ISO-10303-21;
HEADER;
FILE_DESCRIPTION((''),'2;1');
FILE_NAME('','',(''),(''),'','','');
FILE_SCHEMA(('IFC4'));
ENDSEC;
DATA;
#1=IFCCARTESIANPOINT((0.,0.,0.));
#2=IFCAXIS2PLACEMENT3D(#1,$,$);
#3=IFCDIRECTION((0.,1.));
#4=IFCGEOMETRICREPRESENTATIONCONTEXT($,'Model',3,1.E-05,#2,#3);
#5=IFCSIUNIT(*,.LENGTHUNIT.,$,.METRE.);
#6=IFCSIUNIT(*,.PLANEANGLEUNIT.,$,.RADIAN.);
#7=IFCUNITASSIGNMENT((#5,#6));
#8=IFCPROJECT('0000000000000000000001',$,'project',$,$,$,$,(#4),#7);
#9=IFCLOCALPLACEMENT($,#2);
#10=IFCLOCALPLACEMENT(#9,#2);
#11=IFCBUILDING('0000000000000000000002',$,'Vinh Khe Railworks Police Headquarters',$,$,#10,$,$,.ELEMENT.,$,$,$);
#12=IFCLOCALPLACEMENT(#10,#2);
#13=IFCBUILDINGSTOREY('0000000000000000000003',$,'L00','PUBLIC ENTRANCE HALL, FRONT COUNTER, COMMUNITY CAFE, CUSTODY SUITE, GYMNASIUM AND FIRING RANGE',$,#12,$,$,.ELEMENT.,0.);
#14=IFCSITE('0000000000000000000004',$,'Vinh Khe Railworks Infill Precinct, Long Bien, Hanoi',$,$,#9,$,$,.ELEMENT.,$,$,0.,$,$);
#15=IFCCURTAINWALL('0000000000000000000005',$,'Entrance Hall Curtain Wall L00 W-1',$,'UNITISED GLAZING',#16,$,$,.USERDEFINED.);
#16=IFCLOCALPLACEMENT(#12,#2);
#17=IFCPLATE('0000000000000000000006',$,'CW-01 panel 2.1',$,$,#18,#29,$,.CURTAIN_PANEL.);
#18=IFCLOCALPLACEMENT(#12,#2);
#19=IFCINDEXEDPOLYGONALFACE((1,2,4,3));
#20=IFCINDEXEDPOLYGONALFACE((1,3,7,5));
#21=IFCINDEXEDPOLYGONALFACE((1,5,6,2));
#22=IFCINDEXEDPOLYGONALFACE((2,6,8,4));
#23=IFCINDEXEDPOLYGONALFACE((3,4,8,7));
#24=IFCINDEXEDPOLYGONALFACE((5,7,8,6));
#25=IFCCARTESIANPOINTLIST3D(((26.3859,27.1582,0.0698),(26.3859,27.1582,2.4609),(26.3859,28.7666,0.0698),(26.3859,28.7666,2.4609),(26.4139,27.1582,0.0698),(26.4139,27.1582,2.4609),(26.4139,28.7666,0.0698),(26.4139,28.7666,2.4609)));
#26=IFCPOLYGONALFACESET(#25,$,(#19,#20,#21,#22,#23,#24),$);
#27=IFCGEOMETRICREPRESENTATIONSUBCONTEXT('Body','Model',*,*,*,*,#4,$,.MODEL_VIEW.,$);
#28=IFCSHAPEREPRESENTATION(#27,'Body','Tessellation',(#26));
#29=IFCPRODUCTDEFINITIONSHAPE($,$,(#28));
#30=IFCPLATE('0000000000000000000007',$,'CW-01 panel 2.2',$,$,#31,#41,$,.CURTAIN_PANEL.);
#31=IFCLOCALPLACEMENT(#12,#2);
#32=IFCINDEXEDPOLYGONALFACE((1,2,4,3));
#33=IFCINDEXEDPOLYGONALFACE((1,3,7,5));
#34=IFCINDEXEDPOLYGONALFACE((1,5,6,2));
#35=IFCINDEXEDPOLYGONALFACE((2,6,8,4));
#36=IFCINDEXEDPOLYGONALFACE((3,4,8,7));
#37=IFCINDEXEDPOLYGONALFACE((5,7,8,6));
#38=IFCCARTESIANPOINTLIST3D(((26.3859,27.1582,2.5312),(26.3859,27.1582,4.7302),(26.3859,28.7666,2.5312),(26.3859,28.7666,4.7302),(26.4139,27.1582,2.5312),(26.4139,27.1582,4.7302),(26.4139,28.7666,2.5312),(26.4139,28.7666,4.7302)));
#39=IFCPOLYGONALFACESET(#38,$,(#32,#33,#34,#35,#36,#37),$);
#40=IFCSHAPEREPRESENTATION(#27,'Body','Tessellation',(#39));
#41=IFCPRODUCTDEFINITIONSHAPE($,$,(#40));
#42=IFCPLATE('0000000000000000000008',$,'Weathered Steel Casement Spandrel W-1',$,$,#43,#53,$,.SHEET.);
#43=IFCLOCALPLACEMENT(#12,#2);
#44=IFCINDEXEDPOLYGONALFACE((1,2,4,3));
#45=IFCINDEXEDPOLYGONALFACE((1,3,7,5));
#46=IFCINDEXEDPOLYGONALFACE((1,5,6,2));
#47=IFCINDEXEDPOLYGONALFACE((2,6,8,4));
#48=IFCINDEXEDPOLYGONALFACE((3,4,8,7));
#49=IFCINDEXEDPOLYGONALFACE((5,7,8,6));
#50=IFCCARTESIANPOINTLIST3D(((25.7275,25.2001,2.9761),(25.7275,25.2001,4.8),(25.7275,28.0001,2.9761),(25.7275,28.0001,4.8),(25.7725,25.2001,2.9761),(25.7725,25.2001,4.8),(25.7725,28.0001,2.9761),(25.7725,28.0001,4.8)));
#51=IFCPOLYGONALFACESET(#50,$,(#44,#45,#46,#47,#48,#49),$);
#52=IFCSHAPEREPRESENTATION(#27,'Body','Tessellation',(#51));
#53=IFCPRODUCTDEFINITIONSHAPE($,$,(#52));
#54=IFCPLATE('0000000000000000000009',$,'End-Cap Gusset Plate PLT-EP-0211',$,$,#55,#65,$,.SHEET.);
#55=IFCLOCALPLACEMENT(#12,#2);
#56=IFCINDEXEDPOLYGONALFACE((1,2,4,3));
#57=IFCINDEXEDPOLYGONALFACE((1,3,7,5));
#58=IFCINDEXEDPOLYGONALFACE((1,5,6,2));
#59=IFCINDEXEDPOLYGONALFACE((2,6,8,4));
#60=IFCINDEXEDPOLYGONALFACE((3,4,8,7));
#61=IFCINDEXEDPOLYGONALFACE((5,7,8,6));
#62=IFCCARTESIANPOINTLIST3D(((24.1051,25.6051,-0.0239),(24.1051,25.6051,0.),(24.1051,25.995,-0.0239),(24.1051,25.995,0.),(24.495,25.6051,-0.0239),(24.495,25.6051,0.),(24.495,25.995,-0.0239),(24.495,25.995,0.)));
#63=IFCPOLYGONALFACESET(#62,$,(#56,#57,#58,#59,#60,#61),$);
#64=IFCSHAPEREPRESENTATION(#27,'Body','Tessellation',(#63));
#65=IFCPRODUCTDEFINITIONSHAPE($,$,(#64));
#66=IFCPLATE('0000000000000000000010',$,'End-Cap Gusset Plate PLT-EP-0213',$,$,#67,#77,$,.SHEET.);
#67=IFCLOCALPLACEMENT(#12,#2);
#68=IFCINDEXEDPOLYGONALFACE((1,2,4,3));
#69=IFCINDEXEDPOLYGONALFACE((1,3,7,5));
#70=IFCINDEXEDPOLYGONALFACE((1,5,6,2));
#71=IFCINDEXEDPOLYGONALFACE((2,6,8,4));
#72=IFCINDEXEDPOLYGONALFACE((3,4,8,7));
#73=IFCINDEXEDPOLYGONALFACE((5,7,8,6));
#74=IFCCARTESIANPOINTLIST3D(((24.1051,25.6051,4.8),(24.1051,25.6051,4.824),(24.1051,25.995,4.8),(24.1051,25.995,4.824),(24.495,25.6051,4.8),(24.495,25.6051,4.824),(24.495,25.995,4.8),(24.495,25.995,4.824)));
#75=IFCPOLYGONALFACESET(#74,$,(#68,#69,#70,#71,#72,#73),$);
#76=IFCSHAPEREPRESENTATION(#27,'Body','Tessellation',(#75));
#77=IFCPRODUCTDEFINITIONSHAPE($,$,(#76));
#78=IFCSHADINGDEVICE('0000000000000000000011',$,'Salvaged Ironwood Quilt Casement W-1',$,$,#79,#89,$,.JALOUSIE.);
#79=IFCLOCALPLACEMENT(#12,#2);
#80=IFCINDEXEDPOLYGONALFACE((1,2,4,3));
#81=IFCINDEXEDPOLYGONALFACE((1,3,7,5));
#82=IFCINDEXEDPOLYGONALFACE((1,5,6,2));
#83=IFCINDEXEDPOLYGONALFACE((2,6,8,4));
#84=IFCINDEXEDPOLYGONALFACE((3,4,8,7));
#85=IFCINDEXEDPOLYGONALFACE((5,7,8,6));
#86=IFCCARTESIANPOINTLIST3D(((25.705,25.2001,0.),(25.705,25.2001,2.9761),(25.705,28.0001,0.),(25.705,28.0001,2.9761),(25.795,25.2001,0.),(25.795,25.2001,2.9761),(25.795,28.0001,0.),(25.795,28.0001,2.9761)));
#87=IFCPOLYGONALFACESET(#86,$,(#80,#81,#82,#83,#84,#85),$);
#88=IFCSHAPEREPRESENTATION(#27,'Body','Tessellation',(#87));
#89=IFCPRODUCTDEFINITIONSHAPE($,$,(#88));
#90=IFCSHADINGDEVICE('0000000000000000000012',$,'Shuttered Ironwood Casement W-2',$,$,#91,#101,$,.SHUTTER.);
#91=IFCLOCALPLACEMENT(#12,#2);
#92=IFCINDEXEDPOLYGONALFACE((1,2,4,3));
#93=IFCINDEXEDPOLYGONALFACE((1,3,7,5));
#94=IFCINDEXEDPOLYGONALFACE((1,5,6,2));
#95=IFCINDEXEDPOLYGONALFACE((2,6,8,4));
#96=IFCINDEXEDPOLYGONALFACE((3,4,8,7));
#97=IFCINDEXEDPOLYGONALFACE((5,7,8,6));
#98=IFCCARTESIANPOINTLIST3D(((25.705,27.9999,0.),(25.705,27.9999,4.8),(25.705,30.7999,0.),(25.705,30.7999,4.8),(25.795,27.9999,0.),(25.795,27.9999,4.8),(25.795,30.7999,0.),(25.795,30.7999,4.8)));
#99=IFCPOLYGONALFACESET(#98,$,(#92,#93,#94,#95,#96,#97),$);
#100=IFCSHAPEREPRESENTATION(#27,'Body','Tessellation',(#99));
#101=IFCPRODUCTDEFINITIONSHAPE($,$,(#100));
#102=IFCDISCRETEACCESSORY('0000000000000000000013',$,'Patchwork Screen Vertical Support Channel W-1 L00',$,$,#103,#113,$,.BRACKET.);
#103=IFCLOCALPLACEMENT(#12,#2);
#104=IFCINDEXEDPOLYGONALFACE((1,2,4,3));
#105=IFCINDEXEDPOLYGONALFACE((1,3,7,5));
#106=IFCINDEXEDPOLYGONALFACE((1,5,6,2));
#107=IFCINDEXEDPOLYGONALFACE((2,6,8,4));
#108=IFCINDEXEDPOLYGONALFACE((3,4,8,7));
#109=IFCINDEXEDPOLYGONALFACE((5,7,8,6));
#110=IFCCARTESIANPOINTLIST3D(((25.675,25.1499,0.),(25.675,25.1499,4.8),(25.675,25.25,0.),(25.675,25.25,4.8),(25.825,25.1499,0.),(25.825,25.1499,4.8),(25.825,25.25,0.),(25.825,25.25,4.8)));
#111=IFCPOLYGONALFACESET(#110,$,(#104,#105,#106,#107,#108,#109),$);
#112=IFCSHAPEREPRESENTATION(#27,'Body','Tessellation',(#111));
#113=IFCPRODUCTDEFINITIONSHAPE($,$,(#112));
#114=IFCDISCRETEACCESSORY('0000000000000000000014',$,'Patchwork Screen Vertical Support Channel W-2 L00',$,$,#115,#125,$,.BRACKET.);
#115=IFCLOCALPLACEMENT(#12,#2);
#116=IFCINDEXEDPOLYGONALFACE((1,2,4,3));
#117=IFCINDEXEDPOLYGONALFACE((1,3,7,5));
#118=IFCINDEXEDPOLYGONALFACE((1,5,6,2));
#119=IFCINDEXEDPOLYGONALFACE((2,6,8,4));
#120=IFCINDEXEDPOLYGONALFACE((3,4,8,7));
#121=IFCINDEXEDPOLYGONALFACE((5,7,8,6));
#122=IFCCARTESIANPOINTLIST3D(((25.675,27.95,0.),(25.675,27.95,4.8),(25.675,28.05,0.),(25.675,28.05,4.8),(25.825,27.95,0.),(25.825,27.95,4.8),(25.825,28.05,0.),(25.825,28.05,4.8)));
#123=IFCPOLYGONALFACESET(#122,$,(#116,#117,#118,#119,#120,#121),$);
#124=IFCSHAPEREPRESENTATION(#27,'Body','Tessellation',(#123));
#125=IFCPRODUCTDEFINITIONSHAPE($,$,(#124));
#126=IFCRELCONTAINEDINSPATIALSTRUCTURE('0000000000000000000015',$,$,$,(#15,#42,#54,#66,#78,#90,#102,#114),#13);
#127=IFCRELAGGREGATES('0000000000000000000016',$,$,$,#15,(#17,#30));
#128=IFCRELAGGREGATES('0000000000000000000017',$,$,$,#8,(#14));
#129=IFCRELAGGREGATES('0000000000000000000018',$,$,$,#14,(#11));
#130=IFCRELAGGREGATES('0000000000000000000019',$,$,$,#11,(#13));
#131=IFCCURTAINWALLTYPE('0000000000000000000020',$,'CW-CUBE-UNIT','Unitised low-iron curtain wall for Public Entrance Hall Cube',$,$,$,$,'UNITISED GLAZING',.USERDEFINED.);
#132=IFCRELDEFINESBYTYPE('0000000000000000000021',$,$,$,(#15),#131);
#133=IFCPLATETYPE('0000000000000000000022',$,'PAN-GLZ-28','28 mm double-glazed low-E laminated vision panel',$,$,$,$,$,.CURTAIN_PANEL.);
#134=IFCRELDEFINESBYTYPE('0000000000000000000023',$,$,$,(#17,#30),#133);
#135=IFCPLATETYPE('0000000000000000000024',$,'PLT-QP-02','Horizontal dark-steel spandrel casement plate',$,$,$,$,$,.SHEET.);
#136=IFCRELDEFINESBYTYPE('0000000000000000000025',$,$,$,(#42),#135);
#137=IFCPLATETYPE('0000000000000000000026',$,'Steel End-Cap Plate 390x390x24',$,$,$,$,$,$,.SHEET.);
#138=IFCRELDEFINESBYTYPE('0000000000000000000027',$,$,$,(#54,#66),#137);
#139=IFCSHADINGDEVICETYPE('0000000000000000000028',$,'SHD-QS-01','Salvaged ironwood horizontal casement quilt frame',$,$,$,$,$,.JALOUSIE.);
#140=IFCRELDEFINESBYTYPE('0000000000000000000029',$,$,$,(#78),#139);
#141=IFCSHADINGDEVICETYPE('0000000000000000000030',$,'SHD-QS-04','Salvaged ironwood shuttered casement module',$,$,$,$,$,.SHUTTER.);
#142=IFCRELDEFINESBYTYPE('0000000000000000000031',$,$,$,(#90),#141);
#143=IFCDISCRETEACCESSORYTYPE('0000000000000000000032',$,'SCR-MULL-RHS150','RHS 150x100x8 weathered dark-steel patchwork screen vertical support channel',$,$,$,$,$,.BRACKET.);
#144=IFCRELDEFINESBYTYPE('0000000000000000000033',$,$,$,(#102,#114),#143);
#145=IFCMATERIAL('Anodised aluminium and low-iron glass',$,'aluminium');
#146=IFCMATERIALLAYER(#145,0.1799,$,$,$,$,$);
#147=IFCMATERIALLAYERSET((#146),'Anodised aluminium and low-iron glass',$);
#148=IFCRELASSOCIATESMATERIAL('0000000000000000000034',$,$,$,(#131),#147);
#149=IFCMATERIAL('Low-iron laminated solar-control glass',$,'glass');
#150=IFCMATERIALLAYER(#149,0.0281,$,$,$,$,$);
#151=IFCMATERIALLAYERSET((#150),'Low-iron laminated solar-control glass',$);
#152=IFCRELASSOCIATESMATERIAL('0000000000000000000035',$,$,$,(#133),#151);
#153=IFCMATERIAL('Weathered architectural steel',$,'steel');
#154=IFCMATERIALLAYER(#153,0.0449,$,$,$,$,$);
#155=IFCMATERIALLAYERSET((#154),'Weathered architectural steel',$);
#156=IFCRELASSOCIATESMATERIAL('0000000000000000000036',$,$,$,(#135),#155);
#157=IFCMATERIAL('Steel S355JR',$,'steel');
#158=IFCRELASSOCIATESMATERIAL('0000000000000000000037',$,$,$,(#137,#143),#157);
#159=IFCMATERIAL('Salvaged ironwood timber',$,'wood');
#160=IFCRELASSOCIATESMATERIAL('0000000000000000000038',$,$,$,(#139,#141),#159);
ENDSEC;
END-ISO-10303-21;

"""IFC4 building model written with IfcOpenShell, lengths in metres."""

from ifc_helpers import new_model, si_unit, direction, frame, origin, origin_2d, place, context, subcontext, project, spatial, rectangle, extrude, material, layer, layer_set, material_profile, profile_set, type_object, element, aggregate, save


model = new_model("IFC4")

# Units and contexts
model_context = context("Model", 3, precision=1e-05, world=origin(), true_north=direction((0.0, 1.0)))
body_context = subcontext(model_context, "Body", "Model", "MODEL_VIEW")
ifc_project = project(units=[si_unit("LENGTHUNIT", "METRE"), si_unit("PLANEANGLEUNIT", "RADIAN")], contexts=[model_context])

# Site, building, storey
site_placement = place(None, origin())
site = spatial("IfcSite", under=ifc_project, at=site_placement, Name="Vinh Khe Railworks Infill Precinct, Long Bien, Hanoi", CompositionType="ELEMENT", RefElevation=0.0)
building_placement = place(site_placement, origin())
building = spatial("IfcBuilding", under=site, at=building_placement, Name="Vinh Khe Railworks Police Headquarters", CompositionType="ELEMENT")
storey_placement = place(building_placement, origin())
storey = spatial("IfcBuildingStorey", under=building, at=storey_placement, Name="L00", Description="PUBLIC ENTRANCE HALL, FRONT COUNTER, COMMUNITY CAFE, CUSTODY SUITE, GYMNASIUM AND FIRING RANGE", CompositionType="ELEMENT", Elevation=0.0)

# Shared definitions
ifc_material_1 = material(Name="Steel S355JR", Category="steel")

# Shared definitions
ifc_material_2 = material(Name="Salvaged ironwood timber", Category="wood")

# Curtain wall
ifc_material_3 = material(Name="Anodised aluminium and low-iron glass", Category="aluminium")
ifc_layer_1 = layer(ifc_material_3, 0.1799)
ifc_layer_set_1 = layer_set([ifc_layer_1], Name="Anodised aluminium and low-iron glass")
curtain_wall_type = type_object("IfcCurtainWallType", Name="CW-CUBE-UNIT", Description="Unitised low-iron curtain wall for Public Entrance Hall Cube", ElementType="UNITISED GLAZING", PredefinedType="USERDEFINED", material=ifc_layer_set_1)
curtain_wall_placement = place(storey_placement, origin())
curtain_wall = element("IfcCurtainWall", 1, at=curtain_wall_placement, inside=storey, type_object=curtain_wall_type, Name="Entrance Hall Curtain Wall L00 W-1", ObjectType="UNITISED GLAZING", PredefinedType="USERDEFINED")

# Plates
ifc_material_4 = material(Name="Low-iron laminated solar-control glass", Category="glass")
ifc_layer_2 = layer(ifc_material_4, 0.0281)
ifc_layer_set_2 = layer_set([ifc_layer_2], Name="Low-iron laminated solar-control glass")
plate_type_1 = type_object("IfcPlateType", Name="PAN-GLZ-28", Description="28 mm double-glazed low-E laminated vision panel", PredefinedType="CURTAIN_PANEL", material=ifc_layer_set_2)
plate_1_placement = place(storey_placement, frame((26.3999, 27.9624, 0.0698), z_axis=(0.0, 0.0, 1.0), x_axis=(0.0, 1.0, 0.0)))
plate_1 = element("IfcPlate", 2, at=plate_1_placement, type_object=plate_type_1, Name="CW-01 panel 2.1", PredefinedType="CURTAIN_PANEL", context=body_context, shape_type="SweptSolid", body=[
    extrude(rectangle(XDim=1.6084, YDim=0.0281, at=origin_2d()), origin(), (0.0, 0.0, 1.0), 2.3911),
])
plate_2_placement = place(storey_placement, frame((26.3999, 27.9624, 2.5312), z_axis=(0.0, 0.0, 1.0), x_axis=(0.0, 1.0, 0.0)))
plate_2 = element("IfcPlate", 3, at=plate_2_placement, type_object=plate_type_1, Name="CW-01 panel 2.2", PredefinedType="CURTAIN_PANEL", context=body_context, shape_type="SweptSolid", body=[
    extrude(rectangle(XDim=1.6084, YDim=0.0281, at=origin_2d()), origin(), (0.0, 0.0, 1.0), 2.199),
])
aggregate(curtain_wall, [plate_1, plate_2])

# Plates
ifc_material_5 = material(Name="Weathered architectural steel", Category="steel")
ifc_layer_3 = layer(ifc_material_5, 0.0449)
ifc_layer_set_3 = layer_set([ifc_layer_3], Name="Weathered architectural steel")
plate_type_2 = type_object("IfcPlateType", Name="PLT-QP-02", Description="Horizontal dark-steel spandrel casement plate", PredefinedType="SHEET", material=ifc_layer_set_3)
plate_3_placement = place(storey_placement, frame((25.75, 26.6001, 2.9761), z_axis=(0.0, 0.0, 1.0), x_axis=(0.0, 1.0, 0.0)))
element("IfcPlate", 4, at=plate_3_placement, inside=storey, type_object=plate_type_2, Name="Weathered Steel Casement Spandrel W-1", PredefinedType="SHEET", context=body_context, shape_type="SweptSolid", body=[
    extrude(rectangle(XDim=2.8, YDim=0.0449, at=origin_2d()), origin(), (0.0, 0.0, 1.0), 1.824),
])
ifc_material_profile_1 = material_profile(ifc_material_1, rectangle(XDim=0.3899, YDim=0.3899, at=origin_2d()), Name="PL 390x390")
ifc_profile_set_1 = profile_set([ifc_material_profile_1], Name="Steel S355JR")
plate_type_3 = type_object("IfcPlateType", Name="Steel End-Cap Plate 390x390x24", PredefinedType="SHEET", material=ifc_profile_set_1)
for number, where, z_axis, x_axis, name in (
    (5, (24.3, 25.8, 0.0), (0.0, 0.0, -1.0), (1.0, 0.0, 0.0), "End-Cap Gusset Plate PLT-EP-0211"),
    (6, (24.3, 25.8, 4.8), (0.0, 0.0, 1.0), (1.0, 0.0, 0.0), "End-Cap Gusset Plate PLT-EP-0213"),
):
    element("IfcPlate", number, at=place(storey_placement, frame(where, z_axis=z_axis, x_axis=x_axis)), inside=storey, type_object=plate_type_3, Name=name, PredefinedType="SHEET", context=body_context, shape_type="SweptSolid", body=[
        extrude(rectangle(XDim=0.3899, YDim=0.3899, at=origin_2d()), origin(), (0.0, 0.0, 1.0), 0.0239),
    ])

# Shading devices
shading_device_type_1 = type_object("IfcShadingDeviceType", Name="SHD-QS-01", Description="Salvaged ironwood horizontal casement quilt frame", PredefinedType="JALOUSIE", material=ifc_material_2)
shading_device_1_placement = place(storey_placement, frame((25.75, 26.6001, 0.0), z_axis=(0.0, 0.0, 1.0), x_axis=(0.0, 1.0, 0.0)))
element("IfcShadingDevice", 7, at=shading_device_1_placement, inside=storey, type_object=shading_device_type_1, Name="Salvaged Ironwood Quilt Casement W-1", PredefinedType="JALOUSIE", context=body_context, shape_type="SweptSolid", body=[
    extrude(rectangle(XDim=2.8, YDim=0.0901, at=origin_2d()), origin(), (0.0, 0.0, 1.0), 2.9761),
])
shading_device_type_2 = type_object("IfcShadingDeviceType", Name="SHD-QS-04", Description="Salvaged ironwood shuttered casement module", PredefinedType="SHUTTER", material=ifc_material_2)
shading_device_2_placement = place(storey_placement, frame((25.75, 29.3999, 0.0), z_axis=(0.0, 0.0, 1.0), x_axis=(0.0, 1.0, 0.0)))
element("IfcShadingDevice", 8, at=shading_device_2_placement, inside=storey, type_object=shading_device_type_2, Name="Shuttered Ironwood Casement W-2", PredefinedType="SHUTTER", context=body_context, shape_type="SweptSolid", body=[
    extrude(rectangle(XDim=2.8, YDim=0.0901, at=origin_2d()), origin(), (0.0, 0.0, 1.0), 4.8),
])

# Discrete accessories
discrete_accessory_type = type_object("IfcDiscreteAccessoryType", Name="SCR-MULL-RHS150", Description="RHS 150x100x8 weathered dark-steel patchwork screen vertical support channel", PredefinedType="BRACKET", material=ifc_material_1)
for number, where, z_axis, x_axis, name in (
    (9, (25.75, 25.2, 0.0), (0.0, 0.0, 1.0), (1.0, 0.0, 0.0), "Patchwork Screen Vertical Support Channel W-1 L00"),
    (10, (25.75, 28.0, 0.0), (0.0, 0.0, 1.0), (1.0, 0.0, 0.0), "Patchwork Screen Vertical Support Channel W-2 L00"),
):
    element("IfcDiscreteAccessory", number, at=place(storey_placement, frame(where, z_axis=z_axis, x_axis=x_axis)), inside=storey, type_object=discrete_accessory_type, Name=name, PredefinedType="BRACKET", context=body_context, shape_type="SweptSolid", body=[
        extrude(rectangle(XDim=0.1499, YDim=0.1001, at=origin_2d()), origin(), (0.0, 0.0, 1.0), 4.8),
    ])

save(model, "model.ifc")
